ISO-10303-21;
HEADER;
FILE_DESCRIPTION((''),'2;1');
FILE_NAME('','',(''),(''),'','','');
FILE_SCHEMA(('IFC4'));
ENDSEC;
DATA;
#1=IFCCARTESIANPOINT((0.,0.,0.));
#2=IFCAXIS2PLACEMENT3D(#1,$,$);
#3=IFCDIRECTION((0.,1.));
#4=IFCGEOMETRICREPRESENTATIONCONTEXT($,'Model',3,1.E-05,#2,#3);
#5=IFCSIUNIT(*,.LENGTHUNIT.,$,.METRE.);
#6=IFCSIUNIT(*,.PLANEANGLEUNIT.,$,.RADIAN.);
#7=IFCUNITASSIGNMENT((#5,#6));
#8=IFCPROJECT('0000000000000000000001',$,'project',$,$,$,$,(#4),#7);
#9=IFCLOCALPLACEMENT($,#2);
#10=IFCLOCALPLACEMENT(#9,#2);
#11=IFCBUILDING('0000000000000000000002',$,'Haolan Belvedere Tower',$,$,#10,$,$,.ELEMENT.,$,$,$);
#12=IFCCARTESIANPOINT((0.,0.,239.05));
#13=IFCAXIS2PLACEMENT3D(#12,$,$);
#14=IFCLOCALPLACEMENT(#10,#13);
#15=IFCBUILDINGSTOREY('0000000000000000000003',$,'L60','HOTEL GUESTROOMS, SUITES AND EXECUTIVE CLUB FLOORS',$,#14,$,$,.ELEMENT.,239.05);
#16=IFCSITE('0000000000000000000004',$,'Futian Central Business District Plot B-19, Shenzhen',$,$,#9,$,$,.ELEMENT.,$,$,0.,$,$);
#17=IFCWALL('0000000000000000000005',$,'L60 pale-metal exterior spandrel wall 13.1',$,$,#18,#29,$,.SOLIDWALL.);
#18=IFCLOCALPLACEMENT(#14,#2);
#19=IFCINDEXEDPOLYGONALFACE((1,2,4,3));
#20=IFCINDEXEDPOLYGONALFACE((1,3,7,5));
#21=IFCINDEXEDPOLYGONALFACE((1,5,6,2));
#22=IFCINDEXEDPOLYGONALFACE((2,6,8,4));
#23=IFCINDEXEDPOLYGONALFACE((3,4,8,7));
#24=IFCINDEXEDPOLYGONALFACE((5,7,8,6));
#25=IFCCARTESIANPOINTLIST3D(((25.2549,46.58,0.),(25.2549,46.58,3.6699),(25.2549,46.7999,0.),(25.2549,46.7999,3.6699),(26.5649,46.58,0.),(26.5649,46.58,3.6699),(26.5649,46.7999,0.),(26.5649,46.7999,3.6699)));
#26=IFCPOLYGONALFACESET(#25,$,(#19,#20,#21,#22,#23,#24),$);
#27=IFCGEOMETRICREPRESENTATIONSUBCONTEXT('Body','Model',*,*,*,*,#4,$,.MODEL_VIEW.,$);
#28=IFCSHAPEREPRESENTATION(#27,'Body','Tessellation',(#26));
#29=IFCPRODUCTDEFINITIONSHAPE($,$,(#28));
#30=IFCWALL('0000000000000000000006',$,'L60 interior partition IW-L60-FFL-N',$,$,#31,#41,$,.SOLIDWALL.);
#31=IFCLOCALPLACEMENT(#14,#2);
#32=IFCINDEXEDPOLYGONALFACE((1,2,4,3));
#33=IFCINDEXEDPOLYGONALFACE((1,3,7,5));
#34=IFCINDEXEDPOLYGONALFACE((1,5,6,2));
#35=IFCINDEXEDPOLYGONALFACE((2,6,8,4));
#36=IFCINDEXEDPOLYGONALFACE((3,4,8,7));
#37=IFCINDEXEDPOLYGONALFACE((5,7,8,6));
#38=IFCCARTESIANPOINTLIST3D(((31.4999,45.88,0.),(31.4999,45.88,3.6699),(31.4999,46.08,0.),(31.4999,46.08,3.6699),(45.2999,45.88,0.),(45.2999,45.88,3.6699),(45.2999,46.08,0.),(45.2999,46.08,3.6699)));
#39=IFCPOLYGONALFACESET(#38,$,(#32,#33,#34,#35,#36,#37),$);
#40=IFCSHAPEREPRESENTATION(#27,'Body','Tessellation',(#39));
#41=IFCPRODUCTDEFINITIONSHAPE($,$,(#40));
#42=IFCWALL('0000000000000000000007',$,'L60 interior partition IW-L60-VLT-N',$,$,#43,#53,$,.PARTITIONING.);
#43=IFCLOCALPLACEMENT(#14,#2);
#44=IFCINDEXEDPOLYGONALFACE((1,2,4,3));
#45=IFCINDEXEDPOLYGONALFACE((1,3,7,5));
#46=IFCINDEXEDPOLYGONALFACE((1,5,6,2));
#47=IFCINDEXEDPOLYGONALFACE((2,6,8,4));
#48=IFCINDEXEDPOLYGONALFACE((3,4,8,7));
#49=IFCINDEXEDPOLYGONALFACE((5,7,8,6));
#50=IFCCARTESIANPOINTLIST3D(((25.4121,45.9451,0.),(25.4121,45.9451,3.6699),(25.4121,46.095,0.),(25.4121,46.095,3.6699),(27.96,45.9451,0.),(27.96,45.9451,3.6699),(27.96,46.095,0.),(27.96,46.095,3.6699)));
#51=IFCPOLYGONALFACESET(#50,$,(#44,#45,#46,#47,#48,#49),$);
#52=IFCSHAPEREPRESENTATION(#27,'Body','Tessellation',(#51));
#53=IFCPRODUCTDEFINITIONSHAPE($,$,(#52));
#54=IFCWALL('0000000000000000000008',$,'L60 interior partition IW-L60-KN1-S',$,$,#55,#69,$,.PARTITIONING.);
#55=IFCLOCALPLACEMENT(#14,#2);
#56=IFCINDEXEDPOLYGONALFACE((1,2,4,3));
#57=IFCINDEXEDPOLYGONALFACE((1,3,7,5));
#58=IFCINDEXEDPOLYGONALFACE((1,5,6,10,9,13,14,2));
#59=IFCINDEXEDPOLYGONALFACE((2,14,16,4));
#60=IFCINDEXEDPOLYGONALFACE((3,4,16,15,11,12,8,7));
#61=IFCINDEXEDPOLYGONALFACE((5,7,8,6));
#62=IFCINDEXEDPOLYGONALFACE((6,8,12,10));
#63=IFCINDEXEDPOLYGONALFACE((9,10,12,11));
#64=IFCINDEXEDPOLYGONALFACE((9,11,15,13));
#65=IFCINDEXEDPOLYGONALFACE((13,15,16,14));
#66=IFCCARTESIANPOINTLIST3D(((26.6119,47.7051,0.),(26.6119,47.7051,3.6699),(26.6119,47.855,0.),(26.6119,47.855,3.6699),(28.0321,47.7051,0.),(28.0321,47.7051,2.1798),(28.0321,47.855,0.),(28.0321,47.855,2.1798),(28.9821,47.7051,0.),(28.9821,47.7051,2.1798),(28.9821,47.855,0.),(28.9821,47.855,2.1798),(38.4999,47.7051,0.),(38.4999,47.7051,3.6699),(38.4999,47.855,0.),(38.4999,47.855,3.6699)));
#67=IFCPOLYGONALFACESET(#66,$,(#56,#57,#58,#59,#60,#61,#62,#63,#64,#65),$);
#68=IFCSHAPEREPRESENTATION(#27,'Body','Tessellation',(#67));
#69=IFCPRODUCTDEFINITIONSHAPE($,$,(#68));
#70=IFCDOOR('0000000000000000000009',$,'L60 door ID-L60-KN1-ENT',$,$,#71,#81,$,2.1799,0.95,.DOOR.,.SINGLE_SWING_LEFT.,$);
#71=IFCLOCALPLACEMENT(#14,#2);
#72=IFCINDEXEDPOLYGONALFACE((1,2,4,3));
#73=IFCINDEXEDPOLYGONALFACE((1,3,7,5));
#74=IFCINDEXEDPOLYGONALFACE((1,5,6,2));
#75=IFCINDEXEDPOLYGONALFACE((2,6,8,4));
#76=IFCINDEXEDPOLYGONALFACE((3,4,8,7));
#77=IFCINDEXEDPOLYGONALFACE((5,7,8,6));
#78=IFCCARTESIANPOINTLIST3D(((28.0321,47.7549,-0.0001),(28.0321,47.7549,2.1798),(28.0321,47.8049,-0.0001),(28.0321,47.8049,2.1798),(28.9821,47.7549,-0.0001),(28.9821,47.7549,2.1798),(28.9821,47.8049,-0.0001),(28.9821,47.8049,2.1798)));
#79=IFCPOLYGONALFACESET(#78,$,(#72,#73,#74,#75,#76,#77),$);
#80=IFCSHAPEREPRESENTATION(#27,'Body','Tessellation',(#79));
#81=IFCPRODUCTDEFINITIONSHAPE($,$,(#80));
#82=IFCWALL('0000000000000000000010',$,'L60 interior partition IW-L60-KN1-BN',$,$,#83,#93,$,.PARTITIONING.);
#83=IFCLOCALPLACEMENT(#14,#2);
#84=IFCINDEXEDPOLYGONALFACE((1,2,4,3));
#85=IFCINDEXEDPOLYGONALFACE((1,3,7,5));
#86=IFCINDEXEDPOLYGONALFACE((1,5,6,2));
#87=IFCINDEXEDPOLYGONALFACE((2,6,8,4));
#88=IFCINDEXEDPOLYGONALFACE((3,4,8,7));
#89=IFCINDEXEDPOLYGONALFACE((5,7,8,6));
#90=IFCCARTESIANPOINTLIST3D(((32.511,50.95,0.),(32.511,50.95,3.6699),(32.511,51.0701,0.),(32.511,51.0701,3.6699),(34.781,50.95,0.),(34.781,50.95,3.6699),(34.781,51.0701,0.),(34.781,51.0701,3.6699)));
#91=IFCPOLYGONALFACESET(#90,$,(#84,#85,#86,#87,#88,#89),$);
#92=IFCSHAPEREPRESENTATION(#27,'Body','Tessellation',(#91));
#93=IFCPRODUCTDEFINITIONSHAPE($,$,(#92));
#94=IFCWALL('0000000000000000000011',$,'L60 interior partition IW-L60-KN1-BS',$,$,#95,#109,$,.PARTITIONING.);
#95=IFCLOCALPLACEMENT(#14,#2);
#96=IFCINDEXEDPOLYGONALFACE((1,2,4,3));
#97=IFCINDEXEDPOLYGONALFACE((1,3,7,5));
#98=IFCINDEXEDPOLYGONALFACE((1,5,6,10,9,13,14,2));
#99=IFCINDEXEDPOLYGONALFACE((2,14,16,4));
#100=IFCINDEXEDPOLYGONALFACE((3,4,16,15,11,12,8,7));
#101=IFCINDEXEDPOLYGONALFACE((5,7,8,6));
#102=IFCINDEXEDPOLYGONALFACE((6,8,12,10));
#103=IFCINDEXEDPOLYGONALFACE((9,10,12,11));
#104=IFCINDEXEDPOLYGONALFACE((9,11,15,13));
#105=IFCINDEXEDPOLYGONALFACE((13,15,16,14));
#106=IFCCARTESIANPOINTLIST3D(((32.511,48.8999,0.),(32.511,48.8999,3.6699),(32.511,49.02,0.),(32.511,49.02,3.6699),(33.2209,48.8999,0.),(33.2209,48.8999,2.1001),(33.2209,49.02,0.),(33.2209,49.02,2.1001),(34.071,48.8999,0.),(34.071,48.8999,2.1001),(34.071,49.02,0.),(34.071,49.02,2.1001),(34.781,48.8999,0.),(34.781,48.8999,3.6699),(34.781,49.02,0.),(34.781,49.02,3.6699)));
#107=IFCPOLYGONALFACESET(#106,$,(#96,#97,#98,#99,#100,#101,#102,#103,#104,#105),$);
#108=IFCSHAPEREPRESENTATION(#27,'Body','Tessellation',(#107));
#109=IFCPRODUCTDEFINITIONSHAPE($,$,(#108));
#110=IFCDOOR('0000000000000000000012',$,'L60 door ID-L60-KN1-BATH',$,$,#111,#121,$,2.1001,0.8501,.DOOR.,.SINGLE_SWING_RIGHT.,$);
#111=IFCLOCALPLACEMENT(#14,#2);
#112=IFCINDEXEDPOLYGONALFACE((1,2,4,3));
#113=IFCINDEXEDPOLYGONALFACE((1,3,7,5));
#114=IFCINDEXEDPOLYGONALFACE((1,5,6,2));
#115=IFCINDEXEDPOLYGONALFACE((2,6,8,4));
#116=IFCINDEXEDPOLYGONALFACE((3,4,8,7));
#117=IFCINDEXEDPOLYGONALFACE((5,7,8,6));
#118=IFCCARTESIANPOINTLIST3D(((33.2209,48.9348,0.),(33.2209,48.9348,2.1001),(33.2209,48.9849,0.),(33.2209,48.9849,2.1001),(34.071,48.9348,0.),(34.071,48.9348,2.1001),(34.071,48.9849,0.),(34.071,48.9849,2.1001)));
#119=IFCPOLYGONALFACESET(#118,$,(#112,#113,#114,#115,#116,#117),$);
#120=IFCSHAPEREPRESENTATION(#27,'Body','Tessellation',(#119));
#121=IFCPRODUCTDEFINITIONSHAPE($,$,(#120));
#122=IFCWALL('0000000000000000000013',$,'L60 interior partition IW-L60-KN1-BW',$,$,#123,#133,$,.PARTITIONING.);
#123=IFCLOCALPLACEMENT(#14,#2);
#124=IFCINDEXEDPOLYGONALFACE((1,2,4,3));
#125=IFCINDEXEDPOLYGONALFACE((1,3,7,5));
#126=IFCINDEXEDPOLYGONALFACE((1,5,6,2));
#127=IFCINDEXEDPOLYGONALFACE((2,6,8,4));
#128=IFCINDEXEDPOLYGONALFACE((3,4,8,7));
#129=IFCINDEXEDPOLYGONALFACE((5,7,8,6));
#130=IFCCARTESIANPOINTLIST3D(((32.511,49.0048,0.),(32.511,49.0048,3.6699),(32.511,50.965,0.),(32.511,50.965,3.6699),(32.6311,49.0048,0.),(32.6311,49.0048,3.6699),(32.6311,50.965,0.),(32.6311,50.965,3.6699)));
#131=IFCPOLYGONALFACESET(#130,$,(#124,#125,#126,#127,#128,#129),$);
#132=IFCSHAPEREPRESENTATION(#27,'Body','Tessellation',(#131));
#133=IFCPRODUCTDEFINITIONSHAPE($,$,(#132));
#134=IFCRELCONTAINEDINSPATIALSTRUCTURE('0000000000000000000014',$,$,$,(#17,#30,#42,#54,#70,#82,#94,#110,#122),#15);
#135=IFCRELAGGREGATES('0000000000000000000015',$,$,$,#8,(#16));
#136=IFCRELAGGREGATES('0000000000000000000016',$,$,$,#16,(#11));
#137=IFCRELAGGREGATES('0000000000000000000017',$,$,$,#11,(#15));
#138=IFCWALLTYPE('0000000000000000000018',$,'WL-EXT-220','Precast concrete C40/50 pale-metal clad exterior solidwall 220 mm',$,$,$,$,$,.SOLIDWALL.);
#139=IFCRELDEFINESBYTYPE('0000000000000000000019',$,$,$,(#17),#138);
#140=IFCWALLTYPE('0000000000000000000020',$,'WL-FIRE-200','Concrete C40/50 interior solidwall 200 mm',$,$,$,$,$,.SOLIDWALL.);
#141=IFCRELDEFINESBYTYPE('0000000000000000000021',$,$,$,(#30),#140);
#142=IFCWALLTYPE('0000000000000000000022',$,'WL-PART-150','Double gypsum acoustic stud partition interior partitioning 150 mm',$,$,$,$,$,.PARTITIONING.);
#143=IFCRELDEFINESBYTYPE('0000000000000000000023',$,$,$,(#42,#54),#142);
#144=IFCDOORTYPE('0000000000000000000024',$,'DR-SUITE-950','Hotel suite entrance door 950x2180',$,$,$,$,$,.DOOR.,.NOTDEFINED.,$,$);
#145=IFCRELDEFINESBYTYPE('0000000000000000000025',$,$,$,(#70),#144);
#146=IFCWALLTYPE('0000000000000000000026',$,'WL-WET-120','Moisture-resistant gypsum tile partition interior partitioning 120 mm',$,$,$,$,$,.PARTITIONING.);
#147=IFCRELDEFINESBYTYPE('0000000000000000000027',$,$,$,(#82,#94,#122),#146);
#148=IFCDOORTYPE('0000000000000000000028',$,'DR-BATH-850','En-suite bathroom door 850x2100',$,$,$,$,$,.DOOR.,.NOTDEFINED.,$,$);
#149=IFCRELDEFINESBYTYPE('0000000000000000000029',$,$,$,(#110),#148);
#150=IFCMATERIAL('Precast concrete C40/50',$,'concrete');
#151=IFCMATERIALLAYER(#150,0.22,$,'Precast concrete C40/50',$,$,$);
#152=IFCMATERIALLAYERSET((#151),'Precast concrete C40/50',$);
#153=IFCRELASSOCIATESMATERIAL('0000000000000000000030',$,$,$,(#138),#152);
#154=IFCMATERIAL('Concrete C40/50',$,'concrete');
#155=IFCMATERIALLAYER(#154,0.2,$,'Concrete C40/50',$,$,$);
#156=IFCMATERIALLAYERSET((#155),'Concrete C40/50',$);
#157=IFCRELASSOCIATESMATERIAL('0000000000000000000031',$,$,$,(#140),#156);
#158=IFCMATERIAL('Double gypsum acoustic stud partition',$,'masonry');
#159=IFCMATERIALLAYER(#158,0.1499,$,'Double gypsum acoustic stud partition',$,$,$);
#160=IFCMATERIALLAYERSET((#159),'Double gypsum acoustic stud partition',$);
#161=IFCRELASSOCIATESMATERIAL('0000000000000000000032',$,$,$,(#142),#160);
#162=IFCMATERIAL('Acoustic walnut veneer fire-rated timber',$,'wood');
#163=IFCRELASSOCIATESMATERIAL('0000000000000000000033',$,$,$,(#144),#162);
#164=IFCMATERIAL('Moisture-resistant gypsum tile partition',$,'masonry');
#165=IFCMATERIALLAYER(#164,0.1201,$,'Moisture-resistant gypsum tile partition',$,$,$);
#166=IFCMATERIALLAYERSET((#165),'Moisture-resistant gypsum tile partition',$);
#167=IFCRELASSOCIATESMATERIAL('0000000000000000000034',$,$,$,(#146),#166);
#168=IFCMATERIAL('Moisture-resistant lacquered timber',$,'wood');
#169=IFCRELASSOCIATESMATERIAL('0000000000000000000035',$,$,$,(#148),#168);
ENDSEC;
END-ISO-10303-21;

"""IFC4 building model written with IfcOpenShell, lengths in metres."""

from ifc_helpers import new_model, si_unit, direction, frame, frame_2d, origin, place, context, subcontext, project, spatial, rectangle, extrude, material, layer, layer_set, type_object, element, fill, save


model = new_model("IFC4")

# Units and contexts
model_context = context("Model", 3, precision=1e-05, world=origin(), true_north=direction((0.0, 1.0)))
body_context = subcontext(model_context, "Body", "Model", "MODEL_VIEW")
ifc_project = project(units=[si_unit("LENGTHUNIT", "METRE"), si_unit("PLANEANGLEUNIT", "RADIAN")], contexts=[model_context])

# Site, building, storey
site_placement = place(None, origin())
site = spatial("IfcSite", under=ifc_project, at=site_placement, Name="Futian Central Business District Plot B-19, Shenzhen", CompositionType="ELEMENT", RefElevation=0.0)
building_placement = place(site_placement, origin())
building = spatial("IfcBuilding", under=site, at=building_placement, Name="Haolan Belvedere Tower", CompositionType="ELEMENT")
storey_placement = place(building_placement, frame((0.0, 0.0, 239.05)))
storey = spatial("IfcBuildingStorey", under=building, at=storey_placement, Name="L60", Description="HOTEL GUESTROOMS, SUITES AND EXECUTIVE CLUB FLOORS", CompositionType="ELEMENT", Elevation=239.05)

# Shared definitions
ifc_material_1 = material(Name="Precast concrete C40/50", Category="concrete")
ifc_layer_1 = layer(ifc_material_1, 0.22, Name="Precast concrete C40/50")
ifc_layer_set_1 = layer_set([ifc_layer_1], Name="Precast concrete C40/50")
wall_type_1 = type_object("IfcWallType", Name="WL-EXT-220", Description="Precast concrete C40/50 pale-metal clad exterior solidwall 220 mm", PredefinedType="SOLIDWALL", material=ifc_layer_set_1)

# Walls
wall_1_placement = place(storey_placement, frame((26.5649, 46.6899, 0.0), z_axis=(0.0, 0.0, 1.0), x_axis=(-1.0, 0.0, 0.0)))
element("IfcWall", 1, at=wall_1_placement, inside=storey, type_object=wall_type_1, Name="L60 pale-metal exterior spandrel wall 13.1", PredefinedType="SOLIDWALL", context=body_context, shape_type="SweptSolid", body=[
    extrude(rectangle(XDim=1.3101, YDim=0.22, at=frame_2d((0.655, 0.0))), origin(), (0.0, 0.0, 1.0), 3.6699),
])
ifc_material_2 = material(Name="Concrete C40/50", Category="concrete")
ifc_layer_2 = layer(ifc_material_2, 0.2, Name="Concrete C40/50")
ifc_layer_set_2 = layer_set([ifc_layer_2], Name="Concrete C40/50")
wall_type_2 = type_object("IfcWallType", Name="WL-FIRE-200", Description="Concrete C40/50 interior solidwall 200 mm", PredefinedType="SOLIDWALL", material=ifc_layer_set_2)
wall_2_placement = place(storey_placement, frame((31.5, 45.98, 0.0), z_axis=(0.0, 0.0, 1.0), x_axis=(1.0, 0.0, 0.0)))
element("IfcWall", 2, at=wall_2_placement, inside=storey, type_object=wall_type_2, Name="L60 interior partition IW-L60-FFL-N", PredefinedType="SOLIDWALL", context=body_context, shape_type="SweptSolid", body=[
    extrude(rectangle(XDim=13.8, YDim=0.2, at=frame_2d((6.8999, 0.0))), origin(), (0.0, 0.0, 1.0), 3.6699),
])

# Wall
ifc_material_3 = material(Name="Double gypsum acoustic stud partition", Category="masonry")
ifc_layer_3 = layer(ifc_material_3, 0.1499, Name="Double gypsum acoustic stud partition")
ifc_layer_set_3 = layer_set([ifc_layer_3], Name="Double gypsum acoustic stud partition")
wall_type_3 = type_object("IfcWallType", Name="WL-PART-150", Description="Double gypsum acoustic stud partition interior partitioning 150 mm", PredefinedType="PARTITIONING", material=ifc_layer_set_3)
wall_3_placement = place(storey_placement, frame((25.4121, 46.02, 0.0), z_axis=(0.0, 0.0, 1.0), x_axis=(1.0, 0.0, 0.0)))
element("IfcWall", 3, at=wall_3_placement, inside=storey, type_object=wall_type_3, Name="L60 interior partition IW-L60-VLT-N", PredefinedType="PARTITIONING", context=body_context, shape_type="SweptSolid", body=[
    extrude(rectangle(XDim=2.5479, YDim=0.1499, at=frame_2d((1.2739, 0.0))), origin(), (0.0, 0.0, 1.0), 3.6699),
])

# Wall, opening, door
wall_4_placement = place(storey_placement, frame((26.6121, 47.78, 0.0), z_axis=(0.0, 0.0, 1.0), x_axis=(1.0, 0.0, 0.0)))
wall_4 = element("IfcWall", 4, at=wall_4_placement, inside=storey, type_object=wall_type_3, Name="L60 interior partition IW-L60-KN1-S", PredefinedType="PARTITIONING", context=body_context, shape_type="SweptSolid", body=[
    extrude(rectangle(XDim=11.8879, YDim=0.1499, at=frame_2d((5.9438, 0.0))), origin(), (0.0, 0.0, 1.0), 3.6699),
])
opening_1_placement = place(wall_4_placement, frame((1.4199, 0.0, 0.0)))
opening_1 = element("IfcOpeningElement", 5, at=opening_1_placement, cuts=wall_4, PredefinedType="OPENING", context=body_context, shape_type="SweptSolid", body=[
    extrude(rectangle(XDim=0.95, YDim=2.1799, at=frame_2d((0.4751, 1.0898))), frame((0.0, 0.085, 0.0), z_axis=(0.0, -1.0, 0.0), x_axis=(1.0, 0.0, 0.0)), (0.0, 0.0, 1.0), 0.1699),
])
ifc_material_4 = material(Name="Acoustic walnut veneer fire-rated timber", Category="wood")
door_type_1 = type_object("IfcDoorType", Name="DR-SUITE-950", Description="Hotel suite entrance door 950x2180", OperationType="NOTDEFINED", PredefinedType="DOOR", material=ifc_material_4)
door_1_placement = place(opening_1_placement, origin())
door_1 = element("IfcDoor", 6, at=door_1_placement, inside=storey, type_object=door_type_1, Name="L60 door ID-L60-KN1-ENT", OperationType="SINGLE_SWING_LEFT", OverallHeight=2.1799, OverallWidth=0.95, PredefinedType="DOOR", context=body_context, shape_type="SweptSolid", body=[
    extrude(rectangle(XDim=0.95, YDim=2.1799, at=frame_2d((0.4751, 1.0898))), frame((0.0, 0.0249, 0.0), z_axis=(0.0, -1.0, 0.0), x_axis=(1.0, 0.0, 0.0)), (0.0, 0.0, 1.0), 0.05),
])
fill(opening_1, door_1)

# Wall
ifc_material_5 = material(Name="Moisture-resistant gypsum tile partition", Category="masonry")
ifc_layer_4 = layer(ifc_material_5, 0.1201, Name="Moisture-resistant gypsum tile partition")
ifc_layer_set_4 = layer_set([ifc_layer_4], Name="Moisture-resistant gypsum tile partition")
wall_type_4 = type_object("IfcWallType", Name="WL-WET-120", Description="Moisture-resistant gypsum tile partition interior partitioning 120 mm", PredefinedType="PARTITIONING", material=ifc_layer_set_4)
wall_5_placement = place(storey_placement, frame((32.511, 51.01, 0.0), z_axis=(0.0, 0.0, 1.0), x_axis=(1.0, 0.0, 0.0)))
element("IfcWall", 7, at=wall_5_placement, inside=storey, type_object=wall_type_4, Name="L60 interior partition IW-L60-KN1-BN", PredefinedType="PARTITIONING", context=body_context, shape_type="SweptSolid", body=[
    extrude(rectangle(XDim=2.27, YDim=0.1201, at=frame_2d((1.135, 0.0))), origin(), (0.0, 0.0, 1.0), 3.6699),
])

# Wall, opening, door
wall_6_placement = place(storey_placement, frame((32.511, 48.96, 0.0), z_axis=(0.0, 0.0, 1.0), x_axis=(1.0, 0.0, 0.0)))
wall_6 = element("IfcWall", 8, at=wall_6_placement, inside=storey, type_object=wall_type_4, Name="L60 interior partition IW-L60-KN1-BS", PredefinedType="PARTITIONING", context=body_context, shape_type="SweptSolid", body=[
    extrude(rectangle(XDim=2.27, YDim=0.1201, at=frame_2d((1.135, 0.0))), origin(), (0.0, 0.0, 1.0), 3.6699),
])
opening_2_placement = place(wall_6_placement, frame((0.71, 0.0, 0.0)))
opening_2 = element("IfcOpeningElement", 9, at=opening_2_placement, cuts=wall_6, PredefinedType="OPENING", context=body_context, shape_type="SweptSolid", body=[
    extrude(rectangle(XDim=0.8501, YDim=2.1001, at=frame_2d((0.425, 1.05))), frame((0.0, 0.0701, 0.0), z_axis=(0.0, -1.0, 0.0), x_axis=(1.0, 0.0, 0.0)), (0.0, 0.0, 1.0), 0.1401),
])
ifc_material_6 = material(Name="Moisture-resistant lacquered timber", Category="wood")
door_type_2 = type_object("IfcDoorType", Name="DR-BATH-850", Description="En-suite bathroom door 850x2100", OperationType="NOTDEFINED", PredefinedType="DOOR", material=ifc_material_6)
door_2_placement = place(opening_2_placement, origin())
door_2 = element("IfcDoor", 10, at=door_2_placement, inside=storey, type_object=door_type_2, Name="L60 door ID-L60-KN1-BATH", OperationType="SINGLE_SWING_RIGHT", OverallHeight=2.1001, OverallWidth=0.8501, PredefinedType="DOOR", context=body_context, shape_type="SweptSolid", body=[
    extrude(rectangle(XDim=0.8501, YDim=2.1001, at=frame_2d((0.425, 1.05))), frame((0.0, 0.0249, 0.0), z_axis=(0.0, -1.0, 0.0), x_axis=(1.0, 0.0, 0.0)), (0.0, 0.0, 1.0), 0.05),
])
fill(opening_2, door_2)

# Wall
wall_7_placement = place(storey_placement, frame((32.571, 49.0049, 0.0), z_axis=(0.0, 0.0, 1.0), x_axis=(0.0, 1.0, 0.0)))
element("IfcWall", 11, at=wall_7_placement, inside=storey, type_object=wall_type_4, Name="L60 interior partition IW-L60-KN1-BW", PredefinedType="PARTITIONING", context=body_context, shape_type="SweptSolid", body=[
    extrude(rectangle(XDim=1.9602, YDim=0.1201, at=frame_2d((0.98, 0.0))), origin(), (0.0, 0.0, 1.0), 3.6699),
])

save(model, "model.ifc")
